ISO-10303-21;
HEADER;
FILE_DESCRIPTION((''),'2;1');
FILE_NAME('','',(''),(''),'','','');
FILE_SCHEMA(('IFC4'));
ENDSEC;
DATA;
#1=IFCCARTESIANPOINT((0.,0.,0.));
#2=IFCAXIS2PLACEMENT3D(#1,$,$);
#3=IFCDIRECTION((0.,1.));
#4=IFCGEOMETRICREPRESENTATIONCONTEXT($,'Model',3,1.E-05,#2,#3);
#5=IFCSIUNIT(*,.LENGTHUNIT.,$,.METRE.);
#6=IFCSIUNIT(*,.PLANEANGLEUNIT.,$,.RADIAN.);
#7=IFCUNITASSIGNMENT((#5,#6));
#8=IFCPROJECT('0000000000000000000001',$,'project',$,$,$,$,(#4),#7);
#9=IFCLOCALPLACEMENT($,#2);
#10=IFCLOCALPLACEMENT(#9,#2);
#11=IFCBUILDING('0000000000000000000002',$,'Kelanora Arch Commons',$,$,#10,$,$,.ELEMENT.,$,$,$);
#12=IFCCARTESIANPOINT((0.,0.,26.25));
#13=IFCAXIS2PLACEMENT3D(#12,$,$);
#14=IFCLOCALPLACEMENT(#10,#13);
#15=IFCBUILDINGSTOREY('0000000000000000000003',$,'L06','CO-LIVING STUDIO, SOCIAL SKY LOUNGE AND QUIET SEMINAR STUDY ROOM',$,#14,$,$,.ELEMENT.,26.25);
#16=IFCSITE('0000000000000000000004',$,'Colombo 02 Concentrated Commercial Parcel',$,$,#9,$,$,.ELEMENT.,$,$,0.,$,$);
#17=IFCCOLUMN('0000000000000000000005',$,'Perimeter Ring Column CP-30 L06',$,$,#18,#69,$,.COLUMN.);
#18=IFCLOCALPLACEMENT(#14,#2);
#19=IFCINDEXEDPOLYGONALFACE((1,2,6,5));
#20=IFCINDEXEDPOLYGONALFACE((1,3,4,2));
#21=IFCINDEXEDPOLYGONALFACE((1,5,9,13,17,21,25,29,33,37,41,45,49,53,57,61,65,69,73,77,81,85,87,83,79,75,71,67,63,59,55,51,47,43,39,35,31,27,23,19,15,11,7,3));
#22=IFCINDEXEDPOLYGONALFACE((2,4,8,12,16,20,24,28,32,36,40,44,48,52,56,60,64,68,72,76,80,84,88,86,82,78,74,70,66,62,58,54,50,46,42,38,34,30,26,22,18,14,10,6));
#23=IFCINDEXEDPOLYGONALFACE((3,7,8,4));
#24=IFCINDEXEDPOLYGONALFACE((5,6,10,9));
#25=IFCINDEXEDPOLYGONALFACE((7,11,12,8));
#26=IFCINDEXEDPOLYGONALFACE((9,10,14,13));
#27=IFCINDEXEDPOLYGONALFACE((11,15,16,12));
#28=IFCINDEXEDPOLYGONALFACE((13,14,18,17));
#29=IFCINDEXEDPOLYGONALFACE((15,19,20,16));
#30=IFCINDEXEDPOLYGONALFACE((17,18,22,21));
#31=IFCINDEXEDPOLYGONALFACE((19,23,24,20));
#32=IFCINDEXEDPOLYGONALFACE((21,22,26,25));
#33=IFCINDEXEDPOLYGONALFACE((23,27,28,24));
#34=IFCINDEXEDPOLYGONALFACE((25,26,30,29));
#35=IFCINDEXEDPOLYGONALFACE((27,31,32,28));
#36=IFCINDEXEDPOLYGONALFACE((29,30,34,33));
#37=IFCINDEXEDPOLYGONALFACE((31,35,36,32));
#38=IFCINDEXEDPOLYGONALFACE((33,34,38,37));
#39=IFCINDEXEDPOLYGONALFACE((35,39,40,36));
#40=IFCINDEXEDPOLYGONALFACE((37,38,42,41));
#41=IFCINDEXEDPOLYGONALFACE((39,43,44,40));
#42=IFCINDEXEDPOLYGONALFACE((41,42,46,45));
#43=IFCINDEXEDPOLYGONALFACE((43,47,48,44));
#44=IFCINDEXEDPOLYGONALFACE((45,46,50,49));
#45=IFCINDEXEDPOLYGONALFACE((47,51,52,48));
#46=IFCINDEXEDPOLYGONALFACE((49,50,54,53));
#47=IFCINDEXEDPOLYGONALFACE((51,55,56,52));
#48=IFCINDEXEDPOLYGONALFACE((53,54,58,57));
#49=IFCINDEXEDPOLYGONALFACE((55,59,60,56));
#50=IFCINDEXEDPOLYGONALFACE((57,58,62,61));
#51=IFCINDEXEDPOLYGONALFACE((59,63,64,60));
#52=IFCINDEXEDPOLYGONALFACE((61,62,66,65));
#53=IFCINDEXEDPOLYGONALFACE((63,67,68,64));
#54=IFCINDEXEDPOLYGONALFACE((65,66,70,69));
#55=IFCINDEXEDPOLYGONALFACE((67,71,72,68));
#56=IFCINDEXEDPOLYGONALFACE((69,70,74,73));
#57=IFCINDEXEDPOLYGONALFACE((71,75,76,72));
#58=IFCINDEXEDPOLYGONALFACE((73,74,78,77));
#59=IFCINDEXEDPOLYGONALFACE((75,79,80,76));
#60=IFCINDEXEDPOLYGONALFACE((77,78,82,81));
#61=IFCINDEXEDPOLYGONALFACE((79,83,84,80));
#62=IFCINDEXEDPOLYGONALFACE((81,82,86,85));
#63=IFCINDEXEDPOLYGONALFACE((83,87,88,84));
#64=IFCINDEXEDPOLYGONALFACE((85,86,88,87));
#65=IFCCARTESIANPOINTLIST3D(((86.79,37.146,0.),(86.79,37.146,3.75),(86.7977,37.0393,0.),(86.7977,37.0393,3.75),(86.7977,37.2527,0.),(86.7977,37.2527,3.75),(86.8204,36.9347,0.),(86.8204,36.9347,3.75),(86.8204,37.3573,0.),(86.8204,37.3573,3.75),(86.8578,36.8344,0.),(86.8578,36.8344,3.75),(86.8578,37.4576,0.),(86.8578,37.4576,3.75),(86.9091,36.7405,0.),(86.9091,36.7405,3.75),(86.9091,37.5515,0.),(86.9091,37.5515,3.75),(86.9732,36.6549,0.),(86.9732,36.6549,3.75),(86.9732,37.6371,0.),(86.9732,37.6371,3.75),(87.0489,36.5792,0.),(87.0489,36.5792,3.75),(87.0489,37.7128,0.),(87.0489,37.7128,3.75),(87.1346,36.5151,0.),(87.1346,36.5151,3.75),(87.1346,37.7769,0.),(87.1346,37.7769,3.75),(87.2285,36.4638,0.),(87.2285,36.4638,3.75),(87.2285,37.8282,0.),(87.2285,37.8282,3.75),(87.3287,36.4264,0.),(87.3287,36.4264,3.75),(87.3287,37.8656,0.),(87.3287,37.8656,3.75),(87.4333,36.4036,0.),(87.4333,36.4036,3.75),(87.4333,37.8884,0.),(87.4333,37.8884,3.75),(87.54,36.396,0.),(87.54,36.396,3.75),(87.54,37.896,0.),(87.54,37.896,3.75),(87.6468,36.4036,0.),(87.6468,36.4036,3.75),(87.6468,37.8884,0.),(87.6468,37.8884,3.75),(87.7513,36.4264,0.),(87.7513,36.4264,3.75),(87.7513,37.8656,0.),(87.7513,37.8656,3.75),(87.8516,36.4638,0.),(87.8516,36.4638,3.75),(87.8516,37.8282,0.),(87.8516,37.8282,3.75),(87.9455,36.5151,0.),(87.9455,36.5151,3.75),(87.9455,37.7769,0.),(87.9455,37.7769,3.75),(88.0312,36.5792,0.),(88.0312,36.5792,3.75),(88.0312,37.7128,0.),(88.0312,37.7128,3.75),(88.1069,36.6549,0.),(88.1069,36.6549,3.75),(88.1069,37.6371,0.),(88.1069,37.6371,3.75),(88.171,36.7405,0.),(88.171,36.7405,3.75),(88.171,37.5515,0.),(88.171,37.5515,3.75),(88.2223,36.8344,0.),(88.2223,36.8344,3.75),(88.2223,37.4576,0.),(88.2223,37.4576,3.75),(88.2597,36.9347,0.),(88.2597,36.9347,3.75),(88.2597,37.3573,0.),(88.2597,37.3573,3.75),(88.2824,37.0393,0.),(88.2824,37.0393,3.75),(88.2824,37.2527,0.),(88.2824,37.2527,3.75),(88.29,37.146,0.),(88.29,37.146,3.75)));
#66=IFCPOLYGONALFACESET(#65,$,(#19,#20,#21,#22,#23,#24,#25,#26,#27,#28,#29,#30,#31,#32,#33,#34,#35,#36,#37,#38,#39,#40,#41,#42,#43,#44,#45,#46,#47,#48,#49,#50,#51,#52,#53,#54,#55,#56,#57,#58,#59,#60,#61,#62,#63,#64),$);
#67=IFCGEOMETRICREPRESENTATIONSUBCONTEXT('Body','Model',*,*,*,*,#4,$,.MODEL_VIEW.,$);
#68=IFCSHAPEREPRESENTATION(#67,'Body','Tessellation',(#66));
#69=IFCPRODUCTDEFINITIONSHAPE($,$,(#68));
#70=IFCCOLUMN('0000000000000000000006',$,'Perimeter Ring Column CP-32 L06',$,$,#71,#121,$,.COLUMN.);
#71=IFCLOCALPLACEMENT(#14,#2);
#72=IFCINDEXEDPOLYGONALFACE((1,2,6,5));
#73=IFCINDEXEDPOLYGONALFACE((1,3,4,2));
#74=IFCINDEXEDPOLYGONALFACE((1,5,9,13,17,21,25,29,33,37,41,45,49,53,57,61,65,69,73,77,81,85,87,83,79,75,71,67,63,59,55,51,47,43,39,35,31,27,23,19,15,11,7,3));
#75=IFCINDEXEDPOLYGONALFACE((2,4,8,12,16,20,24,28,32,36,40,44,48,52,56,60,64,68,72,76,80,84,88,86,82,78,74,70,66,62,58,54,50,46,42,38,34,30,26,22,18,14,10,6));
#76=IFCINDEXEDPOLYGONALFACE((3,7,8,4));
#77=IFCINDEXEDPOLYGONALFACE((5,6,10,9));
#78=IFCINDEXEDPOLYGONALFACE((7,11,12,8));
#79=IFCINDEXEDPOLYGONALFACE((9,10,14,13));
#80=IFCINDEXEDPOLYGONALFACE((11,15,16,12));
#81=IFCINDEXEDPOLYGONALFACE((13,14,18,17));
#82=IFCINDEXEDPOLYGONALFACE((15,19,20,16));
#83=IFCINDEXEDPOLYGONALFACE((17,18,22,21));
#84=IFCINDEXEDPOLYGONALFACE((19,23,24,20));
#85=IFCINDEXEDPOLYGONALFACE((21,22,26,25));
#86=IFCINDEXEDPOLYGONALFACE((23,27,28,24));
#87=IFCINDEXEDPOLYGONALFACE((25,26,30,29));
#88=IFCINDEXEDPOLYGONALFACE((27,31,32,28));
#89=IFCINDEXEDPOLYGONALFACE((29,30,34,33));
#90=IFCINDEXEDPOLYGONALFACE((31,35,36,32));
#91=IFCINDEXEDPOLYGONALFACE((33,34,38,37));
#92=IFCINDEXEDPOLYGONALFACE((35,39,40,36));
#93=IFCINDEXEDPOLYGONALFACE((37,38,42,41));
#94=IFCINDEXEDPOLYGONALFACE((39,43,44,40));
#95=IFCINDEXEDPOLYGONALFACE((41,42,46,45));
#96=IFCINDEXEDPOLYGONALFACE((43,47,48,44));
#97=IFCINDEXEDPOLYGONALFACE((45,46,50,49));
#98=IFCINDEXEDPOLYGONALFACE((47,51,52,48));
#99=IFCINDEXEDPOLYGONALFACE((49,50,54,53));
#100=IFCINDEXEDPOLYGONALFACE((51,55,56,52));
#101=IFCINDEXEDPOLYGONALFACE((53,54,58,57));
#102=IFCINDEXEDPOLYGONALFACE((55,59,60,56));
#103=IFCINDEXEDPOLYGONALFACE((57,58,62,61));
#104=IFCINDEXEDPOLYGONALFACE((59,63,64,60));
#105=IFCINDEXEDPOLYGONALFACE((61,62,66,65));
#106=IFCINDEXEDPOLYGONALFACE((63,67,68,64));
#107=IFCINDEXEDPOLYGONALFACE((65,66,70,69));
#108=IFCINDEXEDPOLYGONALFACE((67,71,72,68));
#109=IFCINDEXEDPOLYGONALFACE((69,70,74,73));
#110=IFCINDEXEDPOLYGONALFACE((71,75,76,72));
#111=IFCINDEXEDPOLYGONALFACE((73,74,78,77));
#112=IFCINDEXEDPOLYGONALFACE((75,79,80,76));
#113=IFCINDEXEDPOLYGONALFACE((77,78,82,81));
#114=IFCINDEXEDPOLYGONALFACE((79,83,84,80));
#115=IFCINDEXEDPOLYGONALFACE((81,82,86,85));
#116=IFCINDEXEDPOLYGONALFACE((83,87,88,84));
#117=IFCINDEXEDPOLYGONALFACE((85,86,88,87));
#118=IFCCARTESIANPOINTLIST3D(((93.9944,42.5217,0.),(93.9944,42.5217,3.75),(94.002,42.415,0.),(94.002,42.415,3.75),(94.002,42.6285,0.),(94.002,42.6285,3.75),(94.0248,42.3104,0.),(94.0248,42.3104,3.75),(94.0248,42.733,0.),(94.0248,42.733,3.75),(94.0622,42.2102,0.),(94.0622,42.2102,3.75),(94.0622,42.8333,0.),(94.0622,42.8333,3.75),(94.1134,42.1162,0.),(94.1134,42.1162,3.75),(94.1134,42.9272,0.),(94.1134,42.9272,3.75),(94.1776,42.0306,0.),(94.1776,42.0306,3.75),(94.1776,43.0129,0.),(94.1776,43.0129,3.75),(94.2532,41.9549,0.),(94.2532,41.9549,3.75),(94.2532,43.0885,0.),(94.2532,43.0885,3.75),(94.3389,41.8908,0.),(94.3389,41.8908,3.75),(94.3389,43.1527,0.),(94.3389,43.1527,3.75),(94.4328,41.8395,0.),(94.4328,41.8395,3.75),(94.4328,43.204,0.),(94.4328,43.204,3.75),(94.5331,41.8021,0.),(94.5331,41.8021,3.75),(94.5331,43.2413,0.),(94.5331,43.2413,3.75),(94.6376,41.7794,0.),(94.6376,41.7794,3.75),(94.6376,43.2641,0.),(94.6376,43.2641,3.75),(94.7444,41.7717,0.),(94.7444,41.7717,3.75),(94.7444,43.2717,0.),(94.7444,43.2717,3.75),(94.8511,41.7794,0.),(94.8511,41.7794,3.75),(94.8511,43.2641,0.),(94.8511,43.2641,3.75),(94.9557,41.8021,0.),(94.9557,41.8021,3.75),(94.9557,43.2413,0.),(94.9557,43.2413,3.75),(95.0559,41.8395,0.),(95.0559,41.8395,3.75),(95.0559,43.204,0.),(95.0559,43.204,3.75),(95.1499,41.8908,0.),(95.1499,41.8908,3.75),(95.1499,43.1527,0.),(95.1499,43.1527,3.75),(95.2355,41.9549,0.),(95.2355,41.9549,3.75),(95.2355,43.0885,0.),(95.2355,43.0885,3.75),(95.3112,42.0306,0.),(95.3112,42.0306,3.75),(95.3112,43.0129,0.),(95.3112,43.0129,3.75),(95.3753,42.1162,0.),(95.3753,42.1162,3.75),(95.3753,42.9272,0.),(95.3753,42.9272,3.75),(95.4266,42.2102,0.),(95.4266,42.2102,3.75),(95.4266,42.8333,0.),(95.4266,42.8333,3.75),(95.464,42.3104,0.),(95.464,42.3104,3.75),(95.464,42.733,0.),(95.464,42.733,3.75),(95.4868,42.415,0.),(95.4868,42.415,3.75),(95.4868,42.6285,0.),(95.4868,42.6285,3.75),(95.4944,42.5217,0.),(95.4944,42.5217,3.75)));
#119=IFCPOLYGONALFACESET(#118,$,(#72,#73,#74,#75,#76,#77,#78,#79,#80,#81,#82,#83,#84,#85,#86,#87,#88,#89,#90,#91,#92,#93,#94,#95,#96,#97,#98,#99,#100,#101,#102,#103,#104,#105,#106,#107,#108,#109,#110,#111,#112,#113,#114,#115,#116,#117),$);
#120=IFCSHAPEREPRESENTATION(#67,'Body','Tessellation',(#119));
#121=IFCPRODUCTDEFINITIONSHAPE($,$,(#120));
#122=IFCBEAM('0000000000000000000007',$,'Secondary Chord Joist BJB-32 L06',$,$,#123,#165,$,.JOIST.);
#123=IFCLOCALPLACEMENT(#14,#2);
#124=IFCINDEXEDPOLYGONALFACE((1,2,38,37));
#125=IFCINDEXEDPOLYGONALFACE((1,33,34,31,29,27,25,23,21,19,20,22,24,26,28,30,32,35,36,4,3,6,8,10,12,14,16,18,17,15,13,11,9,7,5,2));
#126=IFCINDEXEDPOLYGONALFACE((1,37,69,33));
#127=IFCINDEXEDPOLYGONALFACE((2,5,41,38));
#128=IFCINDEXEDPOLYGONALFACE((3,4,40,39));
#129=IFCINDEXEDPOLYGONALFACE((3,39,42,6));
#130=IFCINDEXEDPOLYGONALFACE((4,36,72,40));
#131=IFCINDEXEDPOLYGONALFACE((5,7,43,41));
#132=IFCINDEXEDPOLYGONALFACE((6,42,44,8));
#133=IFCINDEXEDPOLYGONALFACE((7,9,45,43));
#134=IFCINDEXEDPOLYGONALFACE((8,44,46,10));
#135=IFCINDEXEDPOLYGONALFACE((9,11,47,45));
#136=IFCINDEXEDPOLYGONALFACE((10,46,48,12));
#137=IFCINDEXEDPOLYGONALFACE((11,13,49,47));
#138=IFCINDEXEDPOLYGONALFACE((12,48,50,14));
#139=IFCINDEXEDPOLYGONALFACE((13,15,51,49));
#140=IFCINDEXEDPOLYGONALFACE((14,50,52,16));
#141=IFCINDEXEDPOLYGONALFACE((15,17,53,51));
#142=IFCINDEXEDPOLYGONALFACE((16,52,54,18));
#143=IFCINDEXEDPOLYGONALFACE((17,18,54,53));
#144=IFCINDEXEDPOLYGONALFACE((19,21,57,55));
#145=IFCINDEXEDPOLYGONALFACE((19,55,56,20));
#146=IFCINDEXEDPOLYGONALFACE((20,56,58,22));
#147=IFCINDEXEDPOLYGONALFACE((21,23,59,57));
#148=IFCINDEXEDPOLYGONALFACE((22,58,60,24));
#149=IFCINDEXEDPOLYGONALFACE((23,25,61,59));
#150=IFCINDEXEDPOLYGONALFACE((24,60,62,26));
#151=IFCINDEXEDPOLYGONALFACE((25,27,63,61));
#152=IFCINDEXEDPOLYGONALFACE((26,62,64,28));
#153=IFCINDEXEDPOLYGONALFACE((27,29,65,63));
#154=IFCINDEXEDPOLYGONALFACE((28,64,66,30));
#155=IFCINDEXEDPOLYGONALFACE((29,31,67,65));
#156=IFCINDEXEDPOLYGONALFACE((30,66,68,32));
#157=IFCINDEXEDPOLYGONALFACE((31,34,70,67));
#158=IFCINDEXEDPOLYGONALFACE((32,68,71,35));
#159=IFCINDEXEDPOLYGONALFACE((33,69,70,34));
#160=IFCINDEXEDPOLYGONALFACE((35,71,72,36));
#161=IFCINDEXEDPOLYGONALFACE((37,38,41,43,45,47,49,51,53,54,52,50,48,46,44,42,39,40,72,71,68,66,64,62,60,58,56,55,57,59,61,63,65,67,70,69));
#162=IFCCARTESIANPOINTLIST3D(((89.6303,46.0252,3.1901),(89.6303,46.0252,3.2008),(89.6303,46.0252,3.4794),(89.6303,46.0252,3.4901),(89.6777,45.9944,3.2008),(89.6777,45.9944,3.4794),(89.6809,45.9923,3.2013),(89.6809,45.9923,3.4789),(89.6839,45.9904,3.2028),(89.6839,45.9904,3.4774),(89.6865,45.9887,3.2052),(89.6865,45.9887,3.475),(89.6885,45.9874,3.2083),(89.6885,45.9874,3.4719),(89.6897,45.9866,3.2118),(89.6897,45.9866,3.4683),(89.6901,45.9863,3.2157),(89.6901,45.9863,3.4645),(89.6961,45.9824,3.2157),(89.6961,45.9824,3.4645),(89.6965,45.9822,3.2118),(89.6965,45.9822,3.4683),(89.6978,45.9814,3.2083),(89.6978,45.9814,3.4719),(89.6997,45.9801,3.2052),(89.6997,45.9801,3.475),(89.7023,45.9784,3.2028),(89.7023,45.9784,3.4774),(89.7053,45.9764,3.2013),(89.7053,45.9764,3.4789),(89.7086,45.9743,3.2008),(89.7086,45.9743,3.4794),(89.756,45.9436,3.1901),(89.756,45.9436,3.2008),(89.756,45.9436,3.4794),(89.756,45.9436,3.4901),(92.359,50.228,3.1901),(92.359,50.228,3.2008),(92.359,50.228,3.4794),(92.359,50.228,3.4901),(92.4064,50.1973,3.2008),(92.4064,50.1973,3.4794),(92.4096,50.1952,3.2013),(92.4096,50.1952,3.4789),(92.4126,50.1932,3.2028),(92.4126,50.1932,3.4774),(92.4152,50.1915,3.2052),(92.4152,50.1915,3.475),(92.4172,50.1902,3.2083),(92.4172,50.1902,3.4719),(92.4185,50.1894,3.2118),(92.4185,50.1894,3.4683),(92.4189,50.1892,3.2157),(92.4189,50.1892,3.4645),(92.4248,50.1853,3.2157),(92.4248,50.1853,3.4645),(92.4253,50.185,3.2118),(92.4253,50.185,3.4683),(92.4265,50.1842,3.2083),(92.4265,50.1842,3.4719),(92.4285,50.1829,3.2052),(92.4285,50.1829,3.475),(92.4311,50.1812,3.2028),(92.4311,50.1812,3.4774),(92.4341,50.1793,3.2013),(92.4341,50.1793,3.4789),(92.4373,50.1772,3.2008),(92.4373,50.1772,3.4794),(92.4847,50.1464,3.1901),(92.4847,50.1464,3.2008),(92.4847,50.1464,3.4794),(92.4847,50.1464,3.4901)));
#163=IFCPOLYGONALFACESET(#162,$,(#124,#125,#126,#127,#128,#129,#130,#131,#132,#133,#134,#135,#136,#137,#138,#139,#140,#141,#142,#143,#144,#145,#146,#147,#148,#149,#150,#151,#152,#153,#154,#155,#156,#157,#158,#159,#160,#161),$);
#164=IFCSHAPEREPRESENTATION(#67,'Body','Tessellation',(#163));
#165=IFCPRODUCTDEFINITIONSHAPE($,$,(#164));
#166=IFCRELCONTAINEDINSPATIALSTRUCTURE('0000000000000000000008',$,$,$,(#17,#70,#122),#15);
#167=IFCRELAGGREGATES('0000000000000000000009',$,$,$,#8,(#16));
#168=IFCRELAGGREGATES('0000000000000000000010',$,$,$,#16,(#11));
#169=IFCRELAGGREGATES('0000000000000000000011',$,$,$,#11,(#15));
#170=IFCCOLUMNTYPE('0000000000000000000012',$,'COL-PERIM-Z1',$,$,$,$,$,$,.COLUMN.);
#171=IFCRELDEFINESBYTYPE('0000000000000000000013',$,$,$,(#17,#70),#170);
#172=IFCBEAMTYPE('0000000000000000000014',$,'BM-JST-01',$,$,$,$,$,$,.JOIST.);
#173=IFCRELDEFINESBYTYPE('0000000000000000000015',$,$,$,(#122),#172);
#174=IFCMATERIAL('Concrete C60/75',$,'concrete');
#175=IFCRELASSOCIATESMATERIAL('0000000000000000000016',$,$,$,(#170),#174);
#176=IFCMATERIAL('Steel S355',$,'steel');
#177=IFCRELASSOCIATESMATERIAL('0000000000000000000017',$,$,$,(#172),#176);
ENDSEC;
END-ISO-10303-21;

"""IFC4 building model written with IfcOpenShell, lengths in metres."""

from ifc_helpers import new_model, si_unit, direction, frame, origin, origin_2d, place, context, subcontext, project, spatial, circle, i_section, extrude, material, material_profile, profile_set, type_object, element, save


model = new_model("IFC4")

# Units and contexts
model_context = context("Model", 3, precision=1e-05, world=origin(), true_north=direction((0.0, 1.0)))
body_context = subcontext(model_context, "Body", "Model", "MODEL_VIEW")
ifc_project = project(units=[si_unit("LENGTHUNIT", "METRE"), si_unit("PLANEANGLEUNIT", "RADIAN")], contexts=[model_context])

# Site, building, storey
site_placement = place(None, origin())
site = spatial("IfcSite", under=ifc_project, at=site_placement, Name="Colombo 02 Concentrated Commercial Parcel", CompositionType="ELEMENT", RefElevation=0.0)
building_placement = place(site_placement, origin())
building = spatial("IfcBuilding", under=site, at=building_placement, Name="Kelanora Arch Commons", CompositionType="ELEMENT")
storey_placement = place(building_placement, frame((0.0, 0.0, 26.25)))
storey = spatial("IfcBuildingStorey", under=building, at=storey_placement, Name="L06", Description="CO-LIVING STUDIO, SOCIAL SKY LOUNGE AND QUIET SEMINAR STUDY ROOM", CompositionType="ELEMENT", Elevation=26.25)

# Columns
ifc_material_1 = material(Name="Concrete C60/75", Category="concrete")
ifc_material_profile_1 = material_profile(ifc_material_1, circle(Radius=0.75, at=origin_2d()), Name="RCC1500")
ifc_profile_set_1 = profile_set([ifc_material_profile_1], Name="Concrete C60/75")
column_type = type_object("IfcColumnType", Name="COL-PERIM-Z1", PredefinedType="COLUMN", material=ifc_profile_set_1)
for number, where, z_axis, x_axis, name in (
    (1, (87.54, 37.146, 0.0), (0.0, 0.0, 1.0), (1.0, 0.0, 0.0), "Perimeter Ring Column CP-30 L06"),
    (2, (94.7444, 42.5217, 0.0), (0.0, 0.0, 1.0), (1.0, 0.0, 0.0), "Perimeter Ring Column CP-32 L06"),
):
    element("IfcColumn", number, at=place(storey_placement, frame(where, z_axis=z_axis, x_axis=x_axis)), inside=storey, type_object=column_type, Name=name, PredefinedType="COLUMN", context=body_context, shape_type="SweptSolid", body=[
        extrude(circle(Radius=0.75, at=origin_2d()), origin(), (0.0, 0.0, 1.0), 3.75),
    ])

# Beam
ifc_material_2 = material(Name="Steel S355", Category="steel")
ifc_material_profile_2 = material_profile(ifc_material_2, i_section(OverallWidth=0.1499, OverallDepth=0.3, WebThickness=0.0071, FlangeThickness=0.0107, FilletRadius=0.0149, at=origin_2d()), Name="IPE300")
ifc_profile_set_2 = profile_set([ifc_material_profile_2], Name="Steel S355")
beam_type_1 = type_object("IfcBeamType", Name="BM-JST-01", PredefinedType="JOIST", material=ifc_profile_set_2)
beam_1_placement = place(storey_placement, frame((89.6931, 45.9844, 3.3401), z_axis=(0.544552, 0.838727, 0.0), x_axis=(-0.838727, 0.544552, 0.0)))
element("IfcBeam", 3, at=beam_1_placement, inside=storey, type_object=beam_type_1, Name="Secondary Chord Joist BJB-32 L06", PredefinedType="JOIST", context=body_context, shape_type="SweptSolid", body=[
    extrude(i_section(OverallWidth=0.1499, OverallDepth=0.3, WebThickness=0.0071, FlangeThickness=0.0107, FilletRadius=0.0149, at=origin_2d()), origin(), (0.0, 0.0, 1.0), 5.011),
])

save(model, "model.ifc")
